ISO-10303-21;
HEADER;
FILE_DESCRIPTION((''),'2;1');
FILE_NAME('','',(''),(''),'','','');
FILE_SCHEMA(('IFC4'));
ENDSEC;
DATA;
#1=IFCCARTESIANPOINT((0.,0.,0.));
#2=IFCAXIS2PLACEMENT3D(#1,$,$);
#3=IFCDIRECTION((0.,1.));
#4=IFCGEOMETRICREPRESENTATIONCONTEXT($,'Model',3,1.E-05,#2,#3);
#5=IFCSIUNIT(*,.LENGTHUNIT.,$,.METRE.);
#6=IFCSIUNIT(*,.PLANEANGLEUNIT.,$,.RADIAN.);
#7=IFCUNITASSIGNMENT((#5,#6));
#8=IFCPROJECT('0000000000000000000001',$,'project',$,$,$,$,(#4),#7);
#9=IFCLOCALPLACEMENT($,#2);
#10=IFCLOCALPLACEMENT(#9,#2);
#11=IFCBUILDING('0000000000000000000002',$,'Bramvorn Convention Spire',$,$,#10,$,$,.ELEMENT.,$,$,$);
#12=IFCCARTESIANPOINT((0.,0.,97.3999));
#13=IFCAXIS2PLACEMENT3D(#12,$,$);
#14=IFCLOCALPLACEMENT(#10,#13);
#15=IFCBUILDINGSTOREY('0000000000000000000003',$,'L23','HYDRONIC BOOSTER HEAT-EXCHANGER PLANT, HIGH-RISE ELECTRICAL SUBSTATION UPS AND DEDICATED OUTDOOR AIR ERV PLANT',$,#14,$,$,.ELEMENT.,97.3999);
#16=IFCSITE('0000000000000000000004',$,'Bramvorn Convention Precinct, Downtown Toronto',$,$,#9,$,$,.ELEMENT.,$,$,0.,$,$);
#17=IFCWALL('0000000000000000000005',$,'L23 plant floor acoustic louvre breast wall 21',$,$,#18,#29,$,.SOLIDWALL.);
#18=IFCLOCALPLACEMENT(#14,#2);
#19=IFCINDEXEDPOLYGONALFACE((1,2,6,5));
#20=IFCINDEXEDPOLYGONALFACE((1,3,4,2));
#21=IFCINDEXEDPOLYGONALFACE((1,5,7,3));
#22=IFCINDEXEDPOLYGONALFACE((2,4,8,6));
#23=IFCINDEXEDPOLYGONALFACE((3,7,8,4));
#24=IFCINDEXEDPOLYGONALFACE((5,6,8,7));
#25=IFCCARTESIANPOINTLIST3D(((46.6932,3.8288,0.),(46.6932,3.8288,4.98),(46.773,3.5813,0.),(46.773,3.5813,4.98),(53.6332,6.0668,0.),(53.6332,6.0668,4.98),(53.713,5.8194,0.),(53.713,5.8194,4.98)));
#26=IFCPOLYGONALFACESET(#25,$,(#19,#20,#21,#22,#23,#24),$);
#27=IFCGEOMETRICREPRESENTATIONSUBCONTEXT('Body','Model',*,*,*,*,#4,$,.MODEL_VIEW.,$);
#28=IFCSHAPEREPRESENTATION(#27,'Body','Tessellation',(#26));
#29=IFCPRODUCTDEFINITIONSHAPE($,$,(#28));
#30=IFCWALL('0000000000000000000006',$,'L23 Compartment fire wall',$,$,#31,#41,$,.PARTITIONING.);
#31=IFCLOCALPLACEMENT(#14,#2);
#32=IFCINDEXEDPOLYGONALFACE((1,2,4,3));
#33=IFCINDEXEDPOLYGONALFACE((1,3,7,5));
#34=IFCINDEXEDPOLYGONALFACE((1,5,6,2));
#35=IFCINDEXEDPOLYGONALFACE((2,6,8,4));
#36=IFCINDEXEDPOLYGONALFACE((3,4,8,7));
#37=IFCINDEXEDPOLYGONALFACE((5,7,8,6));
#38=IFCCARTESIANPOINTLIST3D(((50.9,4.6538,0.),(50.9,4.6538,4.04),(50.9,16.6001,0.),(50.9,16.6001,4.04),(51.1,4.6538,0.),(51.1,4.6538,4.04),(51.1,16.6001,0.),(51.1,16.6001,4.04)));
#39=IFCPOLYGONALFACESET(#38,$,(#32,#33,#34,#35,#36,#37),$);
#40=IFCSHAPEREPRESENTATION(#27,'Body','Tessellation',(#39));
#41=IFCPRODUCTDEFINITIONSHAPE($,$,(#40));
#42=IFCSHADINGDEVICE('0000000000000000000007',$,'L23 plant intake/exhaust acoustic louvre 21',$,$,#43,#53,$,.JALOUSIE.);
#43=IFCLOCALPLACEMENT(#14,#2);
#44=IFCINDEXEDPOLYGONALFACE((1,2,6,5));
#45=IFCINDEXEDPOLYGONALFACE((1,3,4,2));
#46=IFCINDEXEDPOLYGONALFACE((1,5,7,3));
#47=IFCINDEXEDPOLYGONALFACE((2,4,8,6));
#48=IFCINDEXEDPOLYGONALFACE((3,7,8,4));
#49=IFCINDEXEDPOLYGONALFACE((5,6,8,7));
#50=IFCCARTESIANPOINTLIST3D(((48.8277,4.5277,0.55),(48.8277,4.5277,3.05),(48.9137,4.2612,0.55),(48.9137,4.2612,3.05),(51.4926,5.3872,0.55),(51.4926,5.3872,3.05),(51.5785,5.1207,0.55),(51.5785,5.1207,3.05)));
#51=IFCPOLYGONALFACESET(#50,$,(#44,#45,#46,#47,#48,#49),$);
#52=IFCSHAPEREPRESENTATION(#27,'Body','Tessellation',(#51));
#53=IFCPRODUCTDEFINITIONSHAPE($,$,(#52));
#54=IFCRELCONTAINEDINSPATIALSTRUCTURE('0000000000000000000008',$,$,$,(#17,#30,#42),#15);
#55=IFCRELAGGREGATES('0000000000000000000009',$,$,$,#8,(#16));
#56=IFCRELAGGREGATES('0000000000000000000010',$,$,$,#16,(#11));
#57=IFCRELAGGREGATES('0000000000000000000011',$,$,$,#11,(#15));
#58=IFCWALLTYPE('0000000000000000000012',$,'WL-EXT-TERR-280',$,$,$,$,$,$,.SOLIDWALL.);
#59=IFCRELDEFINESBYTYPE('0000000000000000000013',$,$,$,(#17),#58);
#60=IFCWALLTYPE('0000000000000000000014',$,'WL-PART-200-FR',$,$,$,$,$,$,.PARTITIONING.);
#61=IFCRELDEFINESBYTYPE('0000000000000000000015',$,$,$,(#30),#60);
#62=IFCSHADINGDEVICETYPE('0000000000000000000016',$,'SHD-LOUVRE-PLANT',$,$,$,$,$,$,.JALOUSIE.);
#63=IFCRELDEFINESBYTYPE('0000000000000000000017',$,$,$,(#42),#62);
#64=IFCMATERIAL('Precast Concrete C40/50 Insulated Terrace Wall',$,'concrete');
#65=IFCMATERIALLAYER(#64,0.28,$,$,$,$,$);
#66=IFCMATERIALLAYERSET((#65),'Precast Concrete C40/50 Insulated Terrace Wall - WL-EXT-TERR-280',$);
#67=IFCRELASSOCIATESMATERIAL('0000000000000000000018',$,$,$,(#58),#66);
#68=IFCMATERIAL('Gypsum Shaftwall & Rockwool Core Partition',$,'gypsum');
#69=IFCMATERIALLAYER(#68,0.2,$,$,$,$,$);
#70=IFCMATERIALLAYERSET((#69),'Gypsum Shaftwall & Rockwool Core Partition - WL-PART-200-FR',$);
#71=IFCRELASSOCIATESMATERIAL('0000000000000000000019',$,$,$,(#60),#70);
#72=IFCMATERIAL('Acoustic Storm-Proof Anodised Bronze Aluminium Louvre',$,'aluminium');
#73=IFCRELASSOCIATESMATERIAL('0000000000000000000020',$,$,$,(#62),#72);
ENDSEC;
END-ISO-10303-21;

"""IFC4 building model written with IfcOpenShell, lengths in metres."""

from ifc_helpers import new_model, si_unit, direction, frame, frame_2d, origin, origin_2d, place, context, subcontext, project, spatial, rectangle, extrude, material, layer, layer_set, type_object, element, save


model = new_model("IFC4")

# Units and contexts
model_context = context("Model", 3, precision=1e-05, world=origin(), true_north=direction((0.0, 1.0)))
body_context = subcontext(model_context, "Body", "Model", "MODEL_VIEW")
ifc_project = project(units=[si_unit("LENGTHUNIT", "METRE"), si_unit("PLANEANGLEUNIT", "RADIAN")], contexts=[model_context])

# Site, building, storey
site_placement = place(None, origin())
site = spatial("IfcSite", under=ifc_project, at=site_placement, Name="Bramvorn Convention Precinct, Downtown Toronto", CompositionType="ELEMENT", RefElevation=0.0)
building_placement = place(site_placement, origin())
building = spatial("IfcBuilding", under=site, at=building_placement, Name="Bramvorn Convention Spire", CompositionType="ELEMENT")
storey_placement = place(building_placement, frame((0.0, 0.0, 97.3999)))
storey = spatial("IfcBuildingStorey", under=building, at=storey_placement, Name="L23", Description="HYDRONIC BOOSTER HEAT-EXCHANGER PLANT, HIGH-RISE ELECTRICAL SUBSTATION UPS AND DEDICATED OUTDOOR AIR ERV PLANT", CompositionType="ELEMENT", Elevation=97.3999)

# Walls
ifc_material_1 = material(Name="Precast Concrete C40/50 Insulated Terrace Wall", Category="concrete")
ifc_layer_1 = layer(ifc_material_1, 0.28)
ifc_layer_set_1 = layer_set([ifc_layer_1], Name="Precast Concrete C40/50 Insulated Terrace Wall - WL-EXT-TERR-280")
wall_type_1 = type_object("IfcWallType", Name="WL-EXT-TERR-280", PredefinedType="SOLIDWALL", material=ifc_layer_set_1)
wall_1_placement = place(storey_placement, frame((53.6731, 5.9431, 0.0), z_axis=(0.0, 0.0, 1.0), x_axis=(-0.951735, -0.306922, 0.0)))
element("IfcWall", 1, at=wall_1_placement, inside=storey, type_object=wall_type_1, Name="L23 plant floor acoustic louvre breast wall 21", PredefinedType="SOLIDWALL", context=body_context, shape_type="SweptSolid", body=[
    extrude(rectangle(XDim=7.292, YDim=0.26, at=frame_2d((3.646, 0.0))), origin(), (0.0, 0.0, 1.0), 4.98),
])
ifc_material_2 = material(Name="Gypsum Shaftwall & Rockwool Core Partition", Category="gypsum")
ifc_layer_2 = layer(ifc_material_2, 0.2)
ifc_layer_set_2 = layer_set([ifc_layer_2], Name="Gypsum Shaftwall & Rockwool Core Partition - WL-PART-200-FR")
wall_type_2 = type_object("IfcWallType", Name="WL-PART-200-FR", PredefinedType="PARTITIONING", material=ifc_layer_set_2)
wall_2_placement = place(storey_placement, frame((51.0, 4.6538, 0.0), z_axis=(0.0, 0.0, 1.0), x_axis=(0.0, 1.0, 0.0)))
element("IfcWall", 2, at=wall_2_placement, inside=storey, type_object=wall_type_2, Name="L23 Compartment fire wall", PredefinedType="PARTITIONING", context=body_context, shape_type="SweptSolid", body=[
    extrude(rectangle(XDim=11.9463, YDim=0.2, at=frame_2d((5.9731, 0.0))), origin(), (0.0, 0.0, 1.0), 4.04),
])

# Shading device
ifc_material_3 = material(Name="Acoustic Storm-Proof Anodised Bronze Aluminium Louvre", Category="aluminium")
shading_device_type = type_object("IfcShadingDeviceType", Name="SHD-LOUVRE-PLANT", PredefinedType="JALOUSIE", material=ifc_material_3)
shading_device_placement = place(storey_placement, frame((50.2031, 4.8242, 0.55), z_axis=(0.0, 0.0, 1.0), x_axis=(-0.951726, -0.306947, 0.0)))
element("IfcShadingDevice", 3, at=shading_device_placement, inside=storey, type_object=shading_device_type, Name="L23 plant intake/exhaust acoustic louvre 21", PredefinedType="JALOUSIE", context=body_context, shape_type="SweptSolid", body=[
    extrude(rectangle(XDim=2.8, YDim=0.28, at=origin_2d()), origin(), (0.0, 0.0, 1.0), 2.5),
])

save(model, "model.ifc")
